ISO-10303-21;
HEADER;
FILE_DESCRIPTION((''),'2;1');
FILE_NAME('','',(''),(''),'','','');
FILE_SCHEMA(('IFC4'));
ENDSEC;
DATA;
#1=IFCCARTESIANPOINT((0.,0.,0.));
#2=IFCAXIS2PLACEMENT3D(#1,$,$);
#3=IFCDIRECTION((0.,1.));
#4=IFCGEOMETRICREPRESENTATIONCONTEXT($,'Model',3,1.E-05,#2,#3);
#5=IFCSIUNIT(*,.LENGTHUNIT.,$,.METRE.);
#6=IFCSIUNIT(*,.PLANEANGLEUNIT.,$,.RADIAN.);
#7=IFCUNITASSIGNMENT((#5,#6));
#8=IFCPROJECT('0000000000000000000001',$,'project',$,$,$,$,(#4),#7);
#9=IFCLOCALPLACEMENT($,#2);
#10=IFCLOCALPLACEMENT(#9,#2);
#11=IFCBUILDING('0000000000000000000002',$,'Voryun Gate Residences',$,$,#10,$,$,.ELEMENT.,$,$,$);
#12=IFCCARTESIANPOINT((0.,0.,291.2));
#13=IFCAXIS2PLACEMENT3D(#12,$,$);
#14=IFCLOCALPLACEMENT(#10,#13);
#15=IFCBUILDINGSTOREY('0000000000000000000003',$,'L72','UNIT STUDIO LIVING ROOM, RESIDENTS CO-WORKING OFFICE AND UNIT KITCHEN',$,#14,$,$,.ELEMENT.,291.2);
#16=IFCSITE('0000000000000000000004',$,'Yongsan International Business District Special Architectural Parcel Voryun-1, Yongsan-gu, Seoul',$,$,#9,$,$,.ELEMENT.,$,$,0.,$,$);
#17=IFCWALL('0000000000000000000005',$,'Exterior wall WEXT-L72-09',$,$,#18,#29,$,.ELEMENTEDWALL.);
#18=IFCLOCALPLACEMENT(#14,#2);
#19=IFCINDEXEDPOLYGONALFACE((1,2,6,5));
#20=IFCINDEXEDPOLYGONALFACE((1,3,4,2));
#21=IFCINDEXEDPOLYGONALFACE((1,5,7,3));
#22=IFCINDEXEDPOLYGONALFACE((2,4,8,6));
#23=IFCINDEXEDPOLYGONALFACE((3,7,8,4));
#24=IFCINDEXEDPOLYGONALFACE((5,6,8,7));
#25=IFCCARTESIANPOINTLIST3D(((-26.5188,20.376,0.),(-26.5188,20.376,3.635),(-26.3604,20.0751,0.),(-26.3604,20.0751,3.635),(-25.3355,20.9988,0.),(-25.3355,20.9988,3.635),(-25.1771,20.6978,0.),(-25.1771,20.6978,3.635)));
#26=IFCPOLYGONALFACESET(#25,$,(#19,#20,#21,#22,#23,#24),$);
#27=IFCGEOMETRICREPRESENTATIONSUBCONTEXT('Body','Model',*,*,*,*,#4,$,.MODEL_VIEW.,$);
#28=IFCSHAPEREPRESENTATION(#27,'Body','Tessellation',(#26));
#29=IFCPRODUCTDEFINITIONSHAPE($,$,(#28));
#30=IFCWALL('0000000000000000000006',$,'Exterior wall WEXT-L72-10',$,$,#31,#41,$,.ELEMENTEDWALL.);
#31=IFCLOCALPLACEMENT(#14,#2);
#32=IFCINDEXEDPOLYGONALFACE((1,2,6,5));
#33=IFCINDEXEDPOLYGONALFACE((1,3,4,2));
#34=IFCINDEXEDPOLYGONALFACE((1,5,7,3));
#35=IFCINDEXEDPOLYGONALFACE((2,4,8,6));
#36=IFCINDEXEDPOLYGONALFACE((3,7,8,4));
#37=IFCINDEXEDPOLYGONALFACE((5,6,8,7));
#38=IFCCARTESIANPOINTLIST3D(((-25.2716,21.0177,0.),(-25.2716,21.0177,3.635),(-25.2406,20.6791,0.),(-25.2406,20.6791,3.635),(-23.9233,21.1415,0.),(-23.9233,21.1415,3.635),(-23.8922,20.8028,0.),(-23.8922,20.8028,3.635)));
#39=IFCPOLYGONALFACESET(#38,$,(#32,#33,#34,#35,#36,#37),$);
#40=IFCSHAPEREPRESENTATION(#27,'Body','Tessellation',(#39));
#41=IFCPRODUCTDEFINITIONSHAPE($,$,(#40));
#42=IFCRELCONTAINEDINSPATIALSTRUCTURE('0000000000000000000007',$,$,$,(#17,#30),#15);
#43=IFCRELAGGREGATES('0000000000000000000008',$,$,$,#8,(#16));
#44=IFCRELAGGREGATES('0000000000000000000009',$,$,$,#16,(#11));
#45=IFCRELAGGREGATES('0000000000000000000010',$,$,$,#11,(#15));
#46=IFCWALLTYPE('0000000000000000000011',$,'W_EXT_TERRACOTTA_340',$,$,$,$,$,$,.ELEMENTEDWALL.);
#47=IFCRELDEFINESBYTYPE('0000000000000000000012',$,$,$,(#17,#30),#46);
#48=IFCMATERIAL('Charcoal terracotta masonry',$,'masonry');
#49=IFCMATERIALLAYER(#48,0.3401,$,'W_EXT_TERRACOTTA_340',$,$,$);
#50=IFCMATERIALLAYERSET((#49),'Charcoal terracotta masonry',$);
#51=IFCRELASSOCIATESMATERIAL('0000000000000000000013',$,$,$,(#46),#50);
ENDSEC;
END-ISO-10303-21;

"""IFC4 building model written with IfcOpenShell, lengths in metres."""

from ifc_helpers import new_model, si_unit, direction, frame, frame_2d, origin, place, context, subcontext, project, spatial, rectangle, extrude, material, layer, layer_set, type_object, element, save


model = new_model("IFC4")

# Units and contexts
model_context = context("Model", 3, precision=1e-05, world=origin(), true_north=direction((0.0, 1.0)))
body_context = subcontext(model_context, "Body", "Model", "MODEL_VIEW")
ifc_project = project(units=[si_unit("LENGTHUNIT", "METRE"), si_unit("PLANEANGLEUNIT", "RADIAN")], contexts=[model_context])

# Site, building, storey
site_placement = place(None, origin())
site = spatial("IfcSite", under=ifc_project, at=site_placement, Name="Yongsan International Business District Special Architectural Parcel Voryun-1, Yongsan-gu, Seoul", CompositionType="ELEMENT", RefElevation=0.0)
building_placement = place(site_placement, origin())
building = spatial("IfcBuilding", under=site, at=building_placement, Name="Voryun Gate Residences", CompositionType="ELEMENT")
storey_placement = place(building_placement, frame((0.0, 0.0, 291.2)))
storey = spatial("IfcBuildingStorey", under=building, at=storey_placement, Name="L72", Description="UNIT STUDIO LIVING ROOM, RESIDENTS CO-WORKING OFFICE AND UNIT KITCHEN", CompositionType="ELEMENT", Elevation=291.2)

# Walls
ifc_material_1 = material(Name="Charcoal terracotta masonry", Category="masonry")
ifc_layer = layer(ifc_material_1, 0.3401, Name="W_EXT_TERRACOTTA_340")
ifc_layer_set = layer_set([ifc_layer], Name="Charcoal terracotta masonry")
wall_type = type_object("IfcWallType", Name="W_EXT_TERRACOTTA_340", PredefinedType="ELEMENTEDWALL", material=ifc_layer_set)
wall_1_placement = place(storey_placement, frame((-26.4395, 20.2256, 0.0), z_axis=(0.0, 0.0, 1.0), x_axis=(0.884922, 0.465739, 0.0)))
element("IfcWall", 1, at=wall_1_placement, inside=storey, type_object=wall_type, Name="Exterior wall WEXT-L72-09", PredefinedType="ELEMENTEDWALL", context=body_context, shape_type="SweptSolid", body=[
    extrude(rectangle(XDim=1.3372, YDim=0.3401, at=frame_2d((0.6685, 0.0))), origin(), (0.0, 0.0, 1.0), 3.635),
])
wall_2_placement = place(storey_placement, frame((-25.2561, 20.8484, 0.0), z_axis=(0.0, 0.0, 1.0), x_axis=(0.995813, 0.091414, 0.0)))
element("IfcWall", 2, at=wall_2_placement, inside=storey, type_object=wall_type, Name="Exterior wall WEXT-L72-10", PredefinedType="ELEMENTEDWALL", context=body_context, shape_type="SweptSolid", body=[
    extrude(rectangle(XDim=1.354, YDim=0.3401, at=frame_2d((0.677, 0.0))), origin(), (0.0, 0.0, 1.0), 3.635),
])

save(model, "model.ifc")
